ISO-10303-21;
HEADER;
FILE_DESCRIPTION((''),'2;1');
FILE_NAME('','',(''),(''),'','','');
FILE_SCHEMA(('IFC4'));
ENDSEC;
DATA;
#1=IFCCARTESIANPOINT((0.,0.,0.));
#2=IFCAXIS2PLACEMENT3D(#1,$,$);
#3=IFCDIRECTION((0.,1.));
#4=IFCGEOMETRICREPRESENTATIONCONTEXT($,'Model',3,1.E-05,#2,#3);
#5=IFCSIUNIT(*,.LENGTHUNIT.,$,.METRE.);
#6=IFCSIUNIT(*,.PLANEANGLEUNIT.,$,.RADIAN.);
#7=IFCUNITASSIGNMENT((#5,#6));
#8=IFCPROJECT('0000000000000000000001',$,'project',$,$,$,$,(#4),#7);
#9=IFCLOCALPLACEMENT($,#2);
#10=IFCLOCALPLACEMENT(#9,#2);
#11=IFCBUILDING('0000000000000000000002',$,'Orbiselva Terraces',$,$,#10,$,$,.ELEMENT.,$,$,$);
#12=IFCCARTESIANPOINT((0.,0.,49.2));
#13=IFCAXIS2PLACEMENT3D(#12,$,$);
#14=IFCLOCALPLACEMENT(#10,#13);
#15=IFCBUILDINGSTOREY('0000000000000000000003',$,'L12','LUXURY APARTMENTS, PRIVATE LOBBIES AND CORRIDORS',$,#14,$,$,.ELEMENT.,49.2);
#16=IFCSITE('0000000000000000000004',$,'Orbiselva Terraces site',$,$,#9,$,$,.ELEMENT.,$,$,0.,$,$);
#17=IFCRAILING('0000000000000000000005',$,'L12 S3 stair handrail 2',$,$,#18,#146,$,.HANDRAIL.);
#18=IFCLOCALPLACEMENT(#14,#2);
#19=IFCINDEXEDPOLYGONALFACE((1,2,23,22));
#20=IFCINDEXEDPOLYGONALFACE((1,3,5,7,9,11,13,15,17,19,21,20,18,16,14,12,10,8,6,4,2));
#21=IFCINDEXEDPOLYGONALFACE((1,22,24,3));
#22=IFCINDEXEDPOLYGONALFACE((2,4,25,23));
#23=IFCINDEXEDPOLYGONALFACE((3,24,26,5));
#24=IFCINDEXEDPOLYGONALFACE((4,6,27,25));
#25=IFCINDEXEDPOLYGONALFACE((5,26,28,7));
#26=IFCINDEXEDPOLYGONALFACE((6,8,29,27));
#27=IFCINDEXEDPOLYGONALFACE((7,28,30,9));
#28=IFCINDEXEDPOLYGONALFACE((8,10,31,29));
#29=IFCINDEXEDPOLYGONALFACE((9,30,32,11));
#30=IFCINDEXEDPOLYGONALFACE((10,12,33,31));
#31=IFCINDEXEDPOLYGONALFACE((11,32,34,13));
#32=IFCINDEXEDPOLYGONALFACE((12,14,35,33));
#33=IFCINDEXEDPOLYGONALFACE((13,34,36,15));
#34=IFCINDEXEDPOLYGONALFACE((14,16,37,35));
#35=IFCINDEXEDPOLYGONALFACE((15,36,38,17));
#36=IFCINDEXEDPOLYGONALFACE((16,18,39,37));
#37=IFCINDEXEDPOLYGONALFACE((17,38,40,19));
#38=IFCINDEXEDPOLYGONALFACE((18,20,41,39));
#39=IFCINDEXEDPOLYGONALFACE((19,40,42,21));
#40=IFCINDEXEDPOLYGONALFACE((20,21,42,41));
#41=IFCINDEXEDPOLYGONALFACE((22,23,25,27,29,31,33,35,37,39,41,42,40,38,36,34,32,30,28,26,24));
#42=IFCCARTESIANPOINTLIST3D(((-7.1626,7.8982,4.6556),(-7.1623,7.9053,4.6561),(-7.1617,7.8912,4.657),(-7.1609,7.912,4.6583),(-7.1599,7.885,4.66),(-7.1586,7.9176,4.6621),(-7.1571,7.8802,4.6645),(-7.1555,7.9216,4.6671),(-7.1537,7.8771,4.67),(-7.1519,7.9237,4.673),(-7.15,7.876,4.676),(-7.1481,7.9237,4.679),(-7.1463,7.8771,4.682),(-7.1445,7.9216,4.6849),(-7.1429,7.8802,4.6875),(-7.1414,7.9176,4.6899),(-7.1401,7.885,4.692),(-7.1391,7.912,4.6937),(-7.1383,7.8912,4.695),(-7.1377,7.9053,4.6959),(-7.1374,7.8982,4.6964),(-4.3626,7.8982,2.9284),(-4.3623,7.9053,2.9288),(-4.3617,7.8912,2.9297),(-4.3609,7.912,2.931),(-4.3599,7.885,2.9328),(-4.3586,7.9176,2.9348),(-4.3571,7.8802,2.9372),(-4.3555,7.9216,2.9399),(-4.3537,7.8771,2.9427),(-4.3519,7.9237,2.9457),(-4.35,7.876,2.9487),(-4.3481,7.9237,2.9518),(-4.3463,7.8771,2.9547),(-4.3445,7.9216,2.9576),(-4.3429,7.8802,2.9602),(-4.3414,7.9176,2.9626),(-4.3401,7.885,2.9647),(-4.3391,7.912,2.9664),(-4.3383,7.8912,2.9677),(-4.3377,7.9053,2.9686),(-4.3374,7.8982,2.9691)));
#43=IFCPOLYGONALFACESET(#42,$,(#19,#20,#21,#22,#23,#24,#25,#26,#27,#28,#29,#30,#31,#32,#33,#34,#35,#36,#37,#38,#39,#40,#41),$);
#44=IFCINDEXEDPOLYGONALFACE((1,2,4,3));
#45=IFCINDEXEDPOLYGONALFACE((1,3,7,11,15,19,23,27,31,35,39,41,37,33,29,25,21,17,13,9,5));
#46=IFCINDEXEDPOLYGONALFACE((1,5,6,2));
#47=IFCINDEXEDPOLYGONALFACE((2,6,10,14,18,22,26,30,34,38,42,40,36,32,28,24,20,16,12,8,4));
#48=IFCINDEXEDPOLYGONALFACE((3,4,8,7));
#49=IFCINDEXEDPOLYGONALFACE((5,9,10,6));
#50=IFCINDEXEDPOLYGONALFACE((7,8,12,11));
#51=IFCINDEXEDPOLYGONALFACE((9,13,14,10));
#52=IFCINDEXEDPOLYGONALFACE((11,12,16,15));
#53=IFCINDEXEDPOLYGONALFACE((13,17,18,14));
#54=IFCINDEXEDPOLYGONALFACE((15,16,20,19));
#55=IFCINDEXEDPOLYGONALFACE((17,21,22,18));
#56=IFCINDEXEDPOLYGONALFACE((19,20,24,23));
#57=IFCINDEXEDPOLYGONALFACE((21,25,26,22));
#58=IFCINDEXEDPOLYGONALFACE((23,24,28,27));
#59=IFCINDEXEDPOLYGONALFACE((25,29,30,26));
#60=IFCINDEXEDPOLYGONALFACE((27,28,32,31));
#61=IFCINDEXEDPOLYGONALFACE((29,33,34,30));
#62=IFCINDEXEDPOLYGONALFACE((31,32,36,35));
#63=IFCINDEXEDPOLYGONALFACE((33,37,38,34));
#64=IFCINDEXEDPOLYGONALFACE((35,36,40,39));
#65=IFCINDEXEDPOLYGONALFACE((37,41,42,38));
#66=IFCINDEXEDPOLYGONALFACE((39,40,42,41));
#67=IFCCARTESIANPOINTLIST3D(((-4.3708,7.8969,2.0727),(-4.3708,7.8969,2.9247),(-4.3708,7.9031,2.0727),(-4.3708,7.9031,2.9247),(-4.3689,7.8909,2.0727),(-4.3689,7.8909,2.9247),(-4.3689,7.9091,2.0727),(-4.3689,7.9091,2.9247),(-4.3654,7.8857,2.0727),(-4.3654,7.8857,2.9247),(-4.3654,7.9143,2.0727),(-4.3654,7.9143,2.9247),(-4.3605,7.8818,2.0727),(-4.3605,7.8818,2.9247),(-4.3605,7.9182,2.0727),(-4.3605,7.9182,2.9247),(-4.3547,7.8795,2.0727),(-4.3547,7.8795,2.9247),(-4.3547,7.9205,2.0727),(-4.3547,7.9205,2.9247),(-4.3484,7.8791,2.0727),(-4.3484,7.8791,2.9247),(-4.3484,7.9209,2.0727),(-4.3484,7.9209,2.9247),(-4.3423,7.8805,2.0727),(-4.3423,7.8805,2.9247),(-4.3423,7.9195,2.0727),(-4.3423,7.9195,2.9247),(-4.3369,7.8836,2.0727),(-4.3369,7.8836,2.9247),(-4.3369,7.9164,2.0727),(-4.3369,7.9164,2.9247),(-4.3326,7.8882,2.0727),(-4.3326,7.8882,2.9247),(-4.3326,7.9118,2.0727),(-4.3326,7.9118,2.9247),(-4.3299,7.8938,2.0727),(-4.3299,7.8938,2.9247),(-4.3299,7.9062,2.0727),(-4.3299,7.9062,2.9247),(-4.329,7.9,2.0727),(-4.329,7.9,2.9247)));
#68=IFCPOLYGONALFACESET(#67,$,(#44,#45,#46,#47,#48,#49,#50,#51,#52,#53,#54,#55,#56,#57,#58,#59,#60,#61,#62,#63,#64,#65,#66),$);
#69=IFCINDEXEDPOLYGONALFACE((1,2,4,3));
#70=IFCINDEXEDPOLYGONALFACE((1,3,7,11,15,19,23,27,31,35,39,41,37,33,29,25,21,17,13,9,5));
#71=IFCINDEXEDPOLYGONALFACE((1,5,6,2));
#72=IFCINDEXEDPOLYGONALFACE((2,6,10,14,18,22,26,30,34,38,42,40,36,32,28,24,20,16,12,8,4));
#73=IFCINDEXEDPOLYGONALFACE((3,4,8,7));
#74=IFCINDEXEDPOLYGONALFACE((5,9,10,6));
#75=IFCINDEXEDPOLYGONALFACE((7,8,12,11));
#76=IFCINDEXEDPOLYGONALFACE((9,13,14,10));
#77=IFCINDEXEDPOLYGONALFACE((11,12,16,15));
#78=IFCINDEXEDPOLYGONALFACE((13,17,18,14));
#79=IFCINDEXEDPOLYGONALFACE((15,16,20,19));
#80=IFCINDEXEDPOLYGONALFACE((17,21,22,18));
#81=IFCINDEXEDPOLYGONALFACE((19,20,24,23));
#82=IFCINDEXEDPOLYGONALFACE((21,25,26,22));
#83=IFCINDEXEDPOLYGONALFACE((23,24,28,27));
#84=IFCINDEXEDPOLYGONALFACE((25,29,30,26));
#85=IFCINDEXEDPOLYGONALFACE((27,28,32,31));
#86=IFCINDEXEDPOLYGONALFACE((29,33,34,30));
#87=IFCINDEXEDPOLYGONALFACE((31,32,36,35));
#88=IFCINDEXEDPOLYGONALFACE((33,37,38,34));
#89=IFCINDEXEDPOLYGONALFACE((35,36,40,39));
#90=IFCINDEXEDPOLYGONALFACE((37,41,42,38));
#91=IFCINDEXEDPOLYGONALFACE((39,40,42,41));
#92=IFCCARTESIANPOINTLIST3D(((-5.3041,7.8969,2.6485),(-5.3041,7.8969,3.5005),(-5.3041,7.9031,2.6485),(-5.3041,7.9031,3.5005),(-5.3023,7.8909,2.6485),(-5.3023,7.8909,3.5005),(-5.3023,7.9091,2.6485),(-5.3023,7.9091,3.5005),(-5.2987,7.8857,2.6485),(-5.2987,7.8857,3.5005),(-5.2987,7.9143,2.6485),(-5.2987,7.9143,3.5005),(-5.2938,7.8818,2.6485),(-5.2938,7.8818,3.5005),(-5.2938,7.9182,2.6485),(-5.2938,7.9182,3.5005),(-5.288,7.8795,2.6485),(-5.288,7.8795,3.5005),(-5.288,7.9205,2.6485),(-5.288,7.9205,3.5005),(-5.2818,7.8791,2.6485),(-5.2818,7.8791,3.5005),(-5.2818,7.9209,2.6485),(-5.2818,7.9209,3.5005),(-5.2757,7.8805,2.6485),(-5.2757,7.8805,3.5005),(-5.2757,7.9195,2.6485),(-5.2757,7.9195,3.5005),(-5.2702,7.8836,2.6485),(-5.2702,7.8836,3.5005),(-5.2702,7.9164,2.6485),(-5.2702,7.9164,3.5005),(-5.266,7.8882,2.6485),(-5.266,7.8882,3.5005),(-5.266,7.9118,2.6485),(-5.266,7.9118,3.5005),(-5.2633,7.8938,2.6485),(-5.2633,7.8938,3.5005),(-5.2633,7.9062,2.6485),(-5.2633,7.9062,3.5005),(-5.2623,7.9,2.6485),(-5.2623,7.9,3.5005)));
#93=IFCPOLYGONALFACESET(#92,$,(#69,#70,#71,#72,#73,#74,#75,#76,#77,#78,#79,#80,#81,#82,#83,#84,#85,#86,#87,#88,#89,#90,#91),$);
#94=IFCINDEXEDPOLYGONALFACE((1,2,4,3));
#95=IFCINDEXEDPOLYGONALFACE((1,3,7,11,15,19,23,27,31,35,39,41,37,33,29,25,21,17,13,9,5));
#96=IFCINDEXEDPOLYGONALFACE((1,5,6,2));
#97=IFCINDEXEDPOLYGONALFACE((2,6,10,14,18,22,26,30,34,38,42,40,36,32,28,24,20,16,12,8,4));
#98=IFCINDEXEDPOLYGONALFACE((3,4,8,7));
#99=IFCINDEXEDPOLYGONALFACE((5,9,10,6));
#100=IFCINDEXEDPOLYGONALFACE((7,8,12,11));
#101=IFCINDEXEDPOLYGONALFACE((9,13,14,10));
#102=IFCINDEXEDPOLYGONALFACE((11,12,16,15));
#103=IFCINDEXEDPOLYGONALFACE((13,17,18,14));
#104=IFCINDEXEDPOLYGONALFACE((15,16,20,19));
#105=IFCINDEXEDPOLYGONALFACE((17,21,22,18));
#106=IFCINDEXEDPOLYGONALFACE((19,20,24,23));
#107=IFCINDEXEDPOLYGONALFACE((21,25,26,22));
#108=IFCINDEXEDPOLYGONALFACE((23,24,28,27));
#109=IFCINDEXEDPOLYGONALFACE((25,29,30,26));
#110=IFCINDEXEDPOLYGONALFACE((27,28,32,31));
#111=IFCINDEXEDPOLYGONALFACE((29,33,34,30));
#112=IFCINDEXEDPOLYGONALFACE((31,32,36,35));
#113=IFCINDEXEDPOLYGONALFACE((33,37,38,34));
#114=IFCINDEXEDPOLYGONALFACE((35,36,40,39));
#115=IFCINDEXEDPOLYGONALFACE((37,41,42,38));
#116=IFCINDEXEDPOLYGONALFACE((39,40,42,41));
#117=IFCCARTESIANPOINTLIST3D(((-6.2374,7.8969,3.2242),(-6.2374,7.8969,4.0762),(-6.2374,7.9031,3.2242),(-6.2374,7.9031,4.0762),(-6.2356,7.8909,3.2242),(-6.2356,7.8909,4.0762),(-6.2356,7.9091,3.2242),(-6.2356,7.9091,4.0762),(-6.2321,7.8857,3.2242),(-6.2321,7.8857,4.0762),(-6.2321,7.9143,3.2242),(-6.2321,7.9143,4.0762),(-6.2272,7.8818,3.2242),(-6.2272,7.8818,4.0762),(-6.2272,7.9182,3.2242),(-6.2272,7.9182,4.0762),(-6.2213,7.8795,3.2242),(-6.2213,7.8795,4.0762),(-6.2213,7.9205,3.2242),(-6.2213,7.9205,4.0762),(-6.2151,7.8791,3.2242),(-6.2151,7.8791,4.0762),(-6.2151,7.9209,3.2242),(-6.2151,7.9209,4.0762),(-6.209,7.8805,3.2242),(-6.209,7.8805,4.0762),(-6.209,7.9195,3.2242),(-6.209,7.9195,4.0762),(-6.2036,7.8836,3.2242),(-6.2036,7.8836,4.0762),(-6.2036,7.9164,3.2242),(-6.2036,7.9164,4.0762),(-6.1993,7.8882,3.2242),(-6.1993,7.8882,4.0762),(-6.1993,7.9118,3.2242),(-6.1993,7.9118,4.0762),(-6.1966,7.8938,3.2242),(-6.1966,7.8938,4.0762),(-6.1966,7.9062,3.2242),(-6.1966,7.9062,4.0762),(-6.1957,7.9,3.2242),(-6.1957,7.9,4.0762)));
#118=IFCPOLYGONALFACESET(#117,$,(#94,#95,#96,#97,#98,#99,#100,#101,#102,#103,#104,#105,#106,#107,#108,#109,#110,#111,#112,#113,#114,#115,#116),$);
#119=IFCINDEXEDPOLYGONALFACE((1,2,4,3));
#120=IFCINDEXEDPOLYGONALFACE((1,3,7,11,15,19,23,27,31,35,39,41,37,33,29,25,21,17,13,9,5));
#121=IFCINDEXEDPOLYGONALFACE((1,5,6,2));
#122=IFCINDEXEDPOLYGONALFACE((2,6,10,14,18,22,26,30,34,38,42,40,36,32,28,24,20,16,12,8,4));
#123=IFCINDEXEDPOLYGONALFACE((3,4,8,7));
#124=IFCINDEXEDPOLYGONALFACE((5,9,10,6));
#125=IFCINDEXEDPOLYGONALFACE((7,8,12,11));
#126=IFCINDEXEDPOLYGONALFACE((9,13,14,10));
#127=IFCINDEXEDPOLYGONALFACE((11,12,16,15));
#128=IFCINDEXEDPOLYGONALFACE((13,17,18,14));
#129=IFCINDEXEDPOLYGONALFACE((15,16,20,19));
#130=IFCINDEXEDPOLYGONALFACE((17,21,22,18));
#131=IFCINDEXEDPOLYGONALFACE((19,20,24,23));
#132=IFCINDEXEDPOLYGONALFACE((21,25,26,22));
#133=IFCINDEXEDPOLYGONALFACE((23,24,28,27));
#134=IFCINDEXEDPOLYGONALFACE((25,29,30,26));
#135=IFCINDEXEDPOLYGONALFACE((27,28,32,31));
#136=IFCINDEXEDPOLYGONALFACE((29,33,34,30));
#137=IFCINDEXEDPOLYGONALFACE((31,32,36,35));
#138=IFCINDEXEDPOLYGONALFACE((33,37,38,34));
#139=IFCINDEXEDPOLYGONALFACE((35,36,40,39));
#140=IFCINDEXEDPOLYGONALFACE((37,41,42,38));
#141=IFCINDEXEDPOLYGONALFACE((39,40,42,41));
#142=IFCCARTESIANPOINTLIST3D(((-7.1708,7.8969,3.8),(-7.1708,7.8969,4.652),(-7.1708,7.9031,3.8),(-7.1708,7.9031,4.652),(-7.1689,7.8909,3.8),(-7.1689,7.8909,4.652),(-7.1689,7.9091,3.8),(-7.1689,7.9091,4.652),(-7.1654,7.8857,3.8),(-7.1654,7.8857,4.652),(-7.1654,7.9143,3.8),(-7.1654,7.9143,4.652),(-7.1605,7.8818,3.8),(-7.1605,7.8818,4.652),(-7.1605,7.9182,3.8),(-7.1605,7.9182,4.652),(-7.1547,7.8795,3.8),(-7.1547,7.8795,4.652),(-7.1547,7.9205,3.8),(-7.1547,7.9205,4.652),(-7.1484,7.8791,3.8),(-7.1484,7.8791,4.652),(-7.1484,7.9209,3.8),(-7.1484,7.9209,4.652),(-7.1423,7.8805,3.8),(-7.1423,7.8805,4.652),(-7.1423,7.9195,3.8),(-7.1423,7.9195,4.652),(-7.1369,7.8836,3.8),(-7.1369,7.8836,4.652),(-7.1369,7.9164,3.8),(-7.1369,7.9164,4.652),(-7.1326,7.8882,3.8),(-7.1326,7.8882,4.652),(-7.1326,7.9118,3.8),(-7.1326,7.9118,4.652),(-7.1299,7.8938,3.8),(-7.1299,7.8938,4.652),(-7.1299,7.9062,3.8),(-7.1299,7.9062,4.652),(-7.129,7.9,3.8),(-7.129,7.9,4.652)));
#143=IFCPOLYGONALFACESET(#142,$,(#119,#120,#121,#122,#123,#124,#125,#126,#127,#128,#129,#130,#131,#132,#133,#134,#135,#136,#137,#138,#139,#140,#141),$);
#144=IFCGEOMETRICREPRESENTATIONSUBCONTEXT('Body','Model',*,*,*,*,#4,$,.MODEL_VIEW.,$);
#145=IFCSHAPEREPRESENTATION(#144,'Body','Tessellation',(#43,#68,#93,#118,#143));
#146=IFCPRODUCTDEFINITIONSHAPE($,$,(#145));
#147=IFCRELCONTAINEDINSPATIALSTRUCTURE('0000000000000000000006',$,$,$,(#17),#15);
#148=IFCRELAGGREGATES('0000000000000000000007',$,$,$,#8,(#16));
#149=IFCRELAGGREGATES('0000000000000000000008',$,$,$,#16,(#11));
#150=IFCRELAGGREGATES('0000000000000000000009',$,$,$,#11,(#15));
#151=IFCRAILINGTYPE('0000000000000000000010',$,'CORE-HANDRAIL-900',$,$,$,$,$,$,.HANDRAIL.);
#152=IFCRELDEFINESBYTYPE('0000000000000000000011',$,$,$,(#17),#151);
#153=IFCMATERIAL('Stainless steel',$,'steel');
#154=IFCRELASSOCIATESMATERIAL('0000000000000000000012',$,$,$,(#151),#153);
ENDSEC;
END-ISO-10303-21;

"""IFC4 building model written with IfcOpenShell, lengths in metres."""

from ifc_helpers import new_model, si_unit, direction, frame, origin, origin_2d, place, context, subcontext, project, spatial, circle, extrude, material, type_object, element, save


model = new_model("IFC4")

# Units and contexts
model_context = context("Model", 3, precision=1e-05, world=origin(), true_north=direction((0.0, 1.0)))
body_context = subcontext(model_context, "Body", "Model", "MODEL_VIEW")
ifc_project = project(units=[si_unit("LENGTHUNIT", "METRE"), si_unit("PLANEANGLEUNIT", "RADIAN")], contexts=[model_context])

# Site, building, storey
site_placement = place(None, origin())
site = spatial("IfcSite", under=ifc_project, at=site_placement, Name="Orbiselva Terraces site", CompositionType="ELEMENT", RefElevation=0.0)
building_placement = place(site_placement, origin())
building = spatial("IfcBuilding", under=site, at=building_placement, Name="Orbiselva Terraces", CompositionType="ELEMENT")
storey_placement = place(building_placement, frame((0.0, 0.0, 49.2)))
storey = spatial("IfcBuildingStorey", under=building, at=storey_placement, Name="L12", Description="LUXURY APARTMENTS, PRIVATE LOBBIES AND CORRIDORS", CompositionType="ELEMENT", Elevation=49.2)

# Railing
ifc_material_1 = material(Name="Stainless steel", Category="steel")
railing_type_1 = type_object("IfcRailingType", Name="CORE-HANDRAIL-900", PredefinedType="HANDRAIL", material=ifc_material_1)
railing_1_placement = place(storey_placement, frame((-4.35, 7.9, 2.0727)))
element("IfcRailing", 1, at=railing_1_placement, inside=storey, type_object=railing_type_1, Name="L12 S3 stair handrail 2", PredefinedType="HANDRAIL", context=body_context, shape_type="SweptSolid", body=[
    extrude(circle(Radius=0.024, at=origin_2d()), frame((0.0, 0.0, 0.876), z_axis=(-0.851089, 0.0, 0.525022), x_axis=(0.0, -1.0, 0.0)), (0.0, 0.0, 1.0), 3.2899),
    extrude(circle(Radius=0.021, at=origin_2d()), origin(), (0.0, 0.0, 1.0), 0.852),
    extrude(circle(Radius=0.021, at=origin_2d()), frame((-0.9333, 0.0, 0.5758)), (0.0, 0.0, 1.0), 0.852),
    extrude(circle(Radius=0.021, at=origin_2d()), frame((-1.8667, 0.0, 1.1515)), (0.0, 0.0, 1.0), 0.852),
    extrude(circle(Radius=0.021, at=origin_2d()), frame((-2.8, 0.0, 1.7273)), (0.0, 0.0, 1.0), 0.852),
])

save(model, "model.ifc")
